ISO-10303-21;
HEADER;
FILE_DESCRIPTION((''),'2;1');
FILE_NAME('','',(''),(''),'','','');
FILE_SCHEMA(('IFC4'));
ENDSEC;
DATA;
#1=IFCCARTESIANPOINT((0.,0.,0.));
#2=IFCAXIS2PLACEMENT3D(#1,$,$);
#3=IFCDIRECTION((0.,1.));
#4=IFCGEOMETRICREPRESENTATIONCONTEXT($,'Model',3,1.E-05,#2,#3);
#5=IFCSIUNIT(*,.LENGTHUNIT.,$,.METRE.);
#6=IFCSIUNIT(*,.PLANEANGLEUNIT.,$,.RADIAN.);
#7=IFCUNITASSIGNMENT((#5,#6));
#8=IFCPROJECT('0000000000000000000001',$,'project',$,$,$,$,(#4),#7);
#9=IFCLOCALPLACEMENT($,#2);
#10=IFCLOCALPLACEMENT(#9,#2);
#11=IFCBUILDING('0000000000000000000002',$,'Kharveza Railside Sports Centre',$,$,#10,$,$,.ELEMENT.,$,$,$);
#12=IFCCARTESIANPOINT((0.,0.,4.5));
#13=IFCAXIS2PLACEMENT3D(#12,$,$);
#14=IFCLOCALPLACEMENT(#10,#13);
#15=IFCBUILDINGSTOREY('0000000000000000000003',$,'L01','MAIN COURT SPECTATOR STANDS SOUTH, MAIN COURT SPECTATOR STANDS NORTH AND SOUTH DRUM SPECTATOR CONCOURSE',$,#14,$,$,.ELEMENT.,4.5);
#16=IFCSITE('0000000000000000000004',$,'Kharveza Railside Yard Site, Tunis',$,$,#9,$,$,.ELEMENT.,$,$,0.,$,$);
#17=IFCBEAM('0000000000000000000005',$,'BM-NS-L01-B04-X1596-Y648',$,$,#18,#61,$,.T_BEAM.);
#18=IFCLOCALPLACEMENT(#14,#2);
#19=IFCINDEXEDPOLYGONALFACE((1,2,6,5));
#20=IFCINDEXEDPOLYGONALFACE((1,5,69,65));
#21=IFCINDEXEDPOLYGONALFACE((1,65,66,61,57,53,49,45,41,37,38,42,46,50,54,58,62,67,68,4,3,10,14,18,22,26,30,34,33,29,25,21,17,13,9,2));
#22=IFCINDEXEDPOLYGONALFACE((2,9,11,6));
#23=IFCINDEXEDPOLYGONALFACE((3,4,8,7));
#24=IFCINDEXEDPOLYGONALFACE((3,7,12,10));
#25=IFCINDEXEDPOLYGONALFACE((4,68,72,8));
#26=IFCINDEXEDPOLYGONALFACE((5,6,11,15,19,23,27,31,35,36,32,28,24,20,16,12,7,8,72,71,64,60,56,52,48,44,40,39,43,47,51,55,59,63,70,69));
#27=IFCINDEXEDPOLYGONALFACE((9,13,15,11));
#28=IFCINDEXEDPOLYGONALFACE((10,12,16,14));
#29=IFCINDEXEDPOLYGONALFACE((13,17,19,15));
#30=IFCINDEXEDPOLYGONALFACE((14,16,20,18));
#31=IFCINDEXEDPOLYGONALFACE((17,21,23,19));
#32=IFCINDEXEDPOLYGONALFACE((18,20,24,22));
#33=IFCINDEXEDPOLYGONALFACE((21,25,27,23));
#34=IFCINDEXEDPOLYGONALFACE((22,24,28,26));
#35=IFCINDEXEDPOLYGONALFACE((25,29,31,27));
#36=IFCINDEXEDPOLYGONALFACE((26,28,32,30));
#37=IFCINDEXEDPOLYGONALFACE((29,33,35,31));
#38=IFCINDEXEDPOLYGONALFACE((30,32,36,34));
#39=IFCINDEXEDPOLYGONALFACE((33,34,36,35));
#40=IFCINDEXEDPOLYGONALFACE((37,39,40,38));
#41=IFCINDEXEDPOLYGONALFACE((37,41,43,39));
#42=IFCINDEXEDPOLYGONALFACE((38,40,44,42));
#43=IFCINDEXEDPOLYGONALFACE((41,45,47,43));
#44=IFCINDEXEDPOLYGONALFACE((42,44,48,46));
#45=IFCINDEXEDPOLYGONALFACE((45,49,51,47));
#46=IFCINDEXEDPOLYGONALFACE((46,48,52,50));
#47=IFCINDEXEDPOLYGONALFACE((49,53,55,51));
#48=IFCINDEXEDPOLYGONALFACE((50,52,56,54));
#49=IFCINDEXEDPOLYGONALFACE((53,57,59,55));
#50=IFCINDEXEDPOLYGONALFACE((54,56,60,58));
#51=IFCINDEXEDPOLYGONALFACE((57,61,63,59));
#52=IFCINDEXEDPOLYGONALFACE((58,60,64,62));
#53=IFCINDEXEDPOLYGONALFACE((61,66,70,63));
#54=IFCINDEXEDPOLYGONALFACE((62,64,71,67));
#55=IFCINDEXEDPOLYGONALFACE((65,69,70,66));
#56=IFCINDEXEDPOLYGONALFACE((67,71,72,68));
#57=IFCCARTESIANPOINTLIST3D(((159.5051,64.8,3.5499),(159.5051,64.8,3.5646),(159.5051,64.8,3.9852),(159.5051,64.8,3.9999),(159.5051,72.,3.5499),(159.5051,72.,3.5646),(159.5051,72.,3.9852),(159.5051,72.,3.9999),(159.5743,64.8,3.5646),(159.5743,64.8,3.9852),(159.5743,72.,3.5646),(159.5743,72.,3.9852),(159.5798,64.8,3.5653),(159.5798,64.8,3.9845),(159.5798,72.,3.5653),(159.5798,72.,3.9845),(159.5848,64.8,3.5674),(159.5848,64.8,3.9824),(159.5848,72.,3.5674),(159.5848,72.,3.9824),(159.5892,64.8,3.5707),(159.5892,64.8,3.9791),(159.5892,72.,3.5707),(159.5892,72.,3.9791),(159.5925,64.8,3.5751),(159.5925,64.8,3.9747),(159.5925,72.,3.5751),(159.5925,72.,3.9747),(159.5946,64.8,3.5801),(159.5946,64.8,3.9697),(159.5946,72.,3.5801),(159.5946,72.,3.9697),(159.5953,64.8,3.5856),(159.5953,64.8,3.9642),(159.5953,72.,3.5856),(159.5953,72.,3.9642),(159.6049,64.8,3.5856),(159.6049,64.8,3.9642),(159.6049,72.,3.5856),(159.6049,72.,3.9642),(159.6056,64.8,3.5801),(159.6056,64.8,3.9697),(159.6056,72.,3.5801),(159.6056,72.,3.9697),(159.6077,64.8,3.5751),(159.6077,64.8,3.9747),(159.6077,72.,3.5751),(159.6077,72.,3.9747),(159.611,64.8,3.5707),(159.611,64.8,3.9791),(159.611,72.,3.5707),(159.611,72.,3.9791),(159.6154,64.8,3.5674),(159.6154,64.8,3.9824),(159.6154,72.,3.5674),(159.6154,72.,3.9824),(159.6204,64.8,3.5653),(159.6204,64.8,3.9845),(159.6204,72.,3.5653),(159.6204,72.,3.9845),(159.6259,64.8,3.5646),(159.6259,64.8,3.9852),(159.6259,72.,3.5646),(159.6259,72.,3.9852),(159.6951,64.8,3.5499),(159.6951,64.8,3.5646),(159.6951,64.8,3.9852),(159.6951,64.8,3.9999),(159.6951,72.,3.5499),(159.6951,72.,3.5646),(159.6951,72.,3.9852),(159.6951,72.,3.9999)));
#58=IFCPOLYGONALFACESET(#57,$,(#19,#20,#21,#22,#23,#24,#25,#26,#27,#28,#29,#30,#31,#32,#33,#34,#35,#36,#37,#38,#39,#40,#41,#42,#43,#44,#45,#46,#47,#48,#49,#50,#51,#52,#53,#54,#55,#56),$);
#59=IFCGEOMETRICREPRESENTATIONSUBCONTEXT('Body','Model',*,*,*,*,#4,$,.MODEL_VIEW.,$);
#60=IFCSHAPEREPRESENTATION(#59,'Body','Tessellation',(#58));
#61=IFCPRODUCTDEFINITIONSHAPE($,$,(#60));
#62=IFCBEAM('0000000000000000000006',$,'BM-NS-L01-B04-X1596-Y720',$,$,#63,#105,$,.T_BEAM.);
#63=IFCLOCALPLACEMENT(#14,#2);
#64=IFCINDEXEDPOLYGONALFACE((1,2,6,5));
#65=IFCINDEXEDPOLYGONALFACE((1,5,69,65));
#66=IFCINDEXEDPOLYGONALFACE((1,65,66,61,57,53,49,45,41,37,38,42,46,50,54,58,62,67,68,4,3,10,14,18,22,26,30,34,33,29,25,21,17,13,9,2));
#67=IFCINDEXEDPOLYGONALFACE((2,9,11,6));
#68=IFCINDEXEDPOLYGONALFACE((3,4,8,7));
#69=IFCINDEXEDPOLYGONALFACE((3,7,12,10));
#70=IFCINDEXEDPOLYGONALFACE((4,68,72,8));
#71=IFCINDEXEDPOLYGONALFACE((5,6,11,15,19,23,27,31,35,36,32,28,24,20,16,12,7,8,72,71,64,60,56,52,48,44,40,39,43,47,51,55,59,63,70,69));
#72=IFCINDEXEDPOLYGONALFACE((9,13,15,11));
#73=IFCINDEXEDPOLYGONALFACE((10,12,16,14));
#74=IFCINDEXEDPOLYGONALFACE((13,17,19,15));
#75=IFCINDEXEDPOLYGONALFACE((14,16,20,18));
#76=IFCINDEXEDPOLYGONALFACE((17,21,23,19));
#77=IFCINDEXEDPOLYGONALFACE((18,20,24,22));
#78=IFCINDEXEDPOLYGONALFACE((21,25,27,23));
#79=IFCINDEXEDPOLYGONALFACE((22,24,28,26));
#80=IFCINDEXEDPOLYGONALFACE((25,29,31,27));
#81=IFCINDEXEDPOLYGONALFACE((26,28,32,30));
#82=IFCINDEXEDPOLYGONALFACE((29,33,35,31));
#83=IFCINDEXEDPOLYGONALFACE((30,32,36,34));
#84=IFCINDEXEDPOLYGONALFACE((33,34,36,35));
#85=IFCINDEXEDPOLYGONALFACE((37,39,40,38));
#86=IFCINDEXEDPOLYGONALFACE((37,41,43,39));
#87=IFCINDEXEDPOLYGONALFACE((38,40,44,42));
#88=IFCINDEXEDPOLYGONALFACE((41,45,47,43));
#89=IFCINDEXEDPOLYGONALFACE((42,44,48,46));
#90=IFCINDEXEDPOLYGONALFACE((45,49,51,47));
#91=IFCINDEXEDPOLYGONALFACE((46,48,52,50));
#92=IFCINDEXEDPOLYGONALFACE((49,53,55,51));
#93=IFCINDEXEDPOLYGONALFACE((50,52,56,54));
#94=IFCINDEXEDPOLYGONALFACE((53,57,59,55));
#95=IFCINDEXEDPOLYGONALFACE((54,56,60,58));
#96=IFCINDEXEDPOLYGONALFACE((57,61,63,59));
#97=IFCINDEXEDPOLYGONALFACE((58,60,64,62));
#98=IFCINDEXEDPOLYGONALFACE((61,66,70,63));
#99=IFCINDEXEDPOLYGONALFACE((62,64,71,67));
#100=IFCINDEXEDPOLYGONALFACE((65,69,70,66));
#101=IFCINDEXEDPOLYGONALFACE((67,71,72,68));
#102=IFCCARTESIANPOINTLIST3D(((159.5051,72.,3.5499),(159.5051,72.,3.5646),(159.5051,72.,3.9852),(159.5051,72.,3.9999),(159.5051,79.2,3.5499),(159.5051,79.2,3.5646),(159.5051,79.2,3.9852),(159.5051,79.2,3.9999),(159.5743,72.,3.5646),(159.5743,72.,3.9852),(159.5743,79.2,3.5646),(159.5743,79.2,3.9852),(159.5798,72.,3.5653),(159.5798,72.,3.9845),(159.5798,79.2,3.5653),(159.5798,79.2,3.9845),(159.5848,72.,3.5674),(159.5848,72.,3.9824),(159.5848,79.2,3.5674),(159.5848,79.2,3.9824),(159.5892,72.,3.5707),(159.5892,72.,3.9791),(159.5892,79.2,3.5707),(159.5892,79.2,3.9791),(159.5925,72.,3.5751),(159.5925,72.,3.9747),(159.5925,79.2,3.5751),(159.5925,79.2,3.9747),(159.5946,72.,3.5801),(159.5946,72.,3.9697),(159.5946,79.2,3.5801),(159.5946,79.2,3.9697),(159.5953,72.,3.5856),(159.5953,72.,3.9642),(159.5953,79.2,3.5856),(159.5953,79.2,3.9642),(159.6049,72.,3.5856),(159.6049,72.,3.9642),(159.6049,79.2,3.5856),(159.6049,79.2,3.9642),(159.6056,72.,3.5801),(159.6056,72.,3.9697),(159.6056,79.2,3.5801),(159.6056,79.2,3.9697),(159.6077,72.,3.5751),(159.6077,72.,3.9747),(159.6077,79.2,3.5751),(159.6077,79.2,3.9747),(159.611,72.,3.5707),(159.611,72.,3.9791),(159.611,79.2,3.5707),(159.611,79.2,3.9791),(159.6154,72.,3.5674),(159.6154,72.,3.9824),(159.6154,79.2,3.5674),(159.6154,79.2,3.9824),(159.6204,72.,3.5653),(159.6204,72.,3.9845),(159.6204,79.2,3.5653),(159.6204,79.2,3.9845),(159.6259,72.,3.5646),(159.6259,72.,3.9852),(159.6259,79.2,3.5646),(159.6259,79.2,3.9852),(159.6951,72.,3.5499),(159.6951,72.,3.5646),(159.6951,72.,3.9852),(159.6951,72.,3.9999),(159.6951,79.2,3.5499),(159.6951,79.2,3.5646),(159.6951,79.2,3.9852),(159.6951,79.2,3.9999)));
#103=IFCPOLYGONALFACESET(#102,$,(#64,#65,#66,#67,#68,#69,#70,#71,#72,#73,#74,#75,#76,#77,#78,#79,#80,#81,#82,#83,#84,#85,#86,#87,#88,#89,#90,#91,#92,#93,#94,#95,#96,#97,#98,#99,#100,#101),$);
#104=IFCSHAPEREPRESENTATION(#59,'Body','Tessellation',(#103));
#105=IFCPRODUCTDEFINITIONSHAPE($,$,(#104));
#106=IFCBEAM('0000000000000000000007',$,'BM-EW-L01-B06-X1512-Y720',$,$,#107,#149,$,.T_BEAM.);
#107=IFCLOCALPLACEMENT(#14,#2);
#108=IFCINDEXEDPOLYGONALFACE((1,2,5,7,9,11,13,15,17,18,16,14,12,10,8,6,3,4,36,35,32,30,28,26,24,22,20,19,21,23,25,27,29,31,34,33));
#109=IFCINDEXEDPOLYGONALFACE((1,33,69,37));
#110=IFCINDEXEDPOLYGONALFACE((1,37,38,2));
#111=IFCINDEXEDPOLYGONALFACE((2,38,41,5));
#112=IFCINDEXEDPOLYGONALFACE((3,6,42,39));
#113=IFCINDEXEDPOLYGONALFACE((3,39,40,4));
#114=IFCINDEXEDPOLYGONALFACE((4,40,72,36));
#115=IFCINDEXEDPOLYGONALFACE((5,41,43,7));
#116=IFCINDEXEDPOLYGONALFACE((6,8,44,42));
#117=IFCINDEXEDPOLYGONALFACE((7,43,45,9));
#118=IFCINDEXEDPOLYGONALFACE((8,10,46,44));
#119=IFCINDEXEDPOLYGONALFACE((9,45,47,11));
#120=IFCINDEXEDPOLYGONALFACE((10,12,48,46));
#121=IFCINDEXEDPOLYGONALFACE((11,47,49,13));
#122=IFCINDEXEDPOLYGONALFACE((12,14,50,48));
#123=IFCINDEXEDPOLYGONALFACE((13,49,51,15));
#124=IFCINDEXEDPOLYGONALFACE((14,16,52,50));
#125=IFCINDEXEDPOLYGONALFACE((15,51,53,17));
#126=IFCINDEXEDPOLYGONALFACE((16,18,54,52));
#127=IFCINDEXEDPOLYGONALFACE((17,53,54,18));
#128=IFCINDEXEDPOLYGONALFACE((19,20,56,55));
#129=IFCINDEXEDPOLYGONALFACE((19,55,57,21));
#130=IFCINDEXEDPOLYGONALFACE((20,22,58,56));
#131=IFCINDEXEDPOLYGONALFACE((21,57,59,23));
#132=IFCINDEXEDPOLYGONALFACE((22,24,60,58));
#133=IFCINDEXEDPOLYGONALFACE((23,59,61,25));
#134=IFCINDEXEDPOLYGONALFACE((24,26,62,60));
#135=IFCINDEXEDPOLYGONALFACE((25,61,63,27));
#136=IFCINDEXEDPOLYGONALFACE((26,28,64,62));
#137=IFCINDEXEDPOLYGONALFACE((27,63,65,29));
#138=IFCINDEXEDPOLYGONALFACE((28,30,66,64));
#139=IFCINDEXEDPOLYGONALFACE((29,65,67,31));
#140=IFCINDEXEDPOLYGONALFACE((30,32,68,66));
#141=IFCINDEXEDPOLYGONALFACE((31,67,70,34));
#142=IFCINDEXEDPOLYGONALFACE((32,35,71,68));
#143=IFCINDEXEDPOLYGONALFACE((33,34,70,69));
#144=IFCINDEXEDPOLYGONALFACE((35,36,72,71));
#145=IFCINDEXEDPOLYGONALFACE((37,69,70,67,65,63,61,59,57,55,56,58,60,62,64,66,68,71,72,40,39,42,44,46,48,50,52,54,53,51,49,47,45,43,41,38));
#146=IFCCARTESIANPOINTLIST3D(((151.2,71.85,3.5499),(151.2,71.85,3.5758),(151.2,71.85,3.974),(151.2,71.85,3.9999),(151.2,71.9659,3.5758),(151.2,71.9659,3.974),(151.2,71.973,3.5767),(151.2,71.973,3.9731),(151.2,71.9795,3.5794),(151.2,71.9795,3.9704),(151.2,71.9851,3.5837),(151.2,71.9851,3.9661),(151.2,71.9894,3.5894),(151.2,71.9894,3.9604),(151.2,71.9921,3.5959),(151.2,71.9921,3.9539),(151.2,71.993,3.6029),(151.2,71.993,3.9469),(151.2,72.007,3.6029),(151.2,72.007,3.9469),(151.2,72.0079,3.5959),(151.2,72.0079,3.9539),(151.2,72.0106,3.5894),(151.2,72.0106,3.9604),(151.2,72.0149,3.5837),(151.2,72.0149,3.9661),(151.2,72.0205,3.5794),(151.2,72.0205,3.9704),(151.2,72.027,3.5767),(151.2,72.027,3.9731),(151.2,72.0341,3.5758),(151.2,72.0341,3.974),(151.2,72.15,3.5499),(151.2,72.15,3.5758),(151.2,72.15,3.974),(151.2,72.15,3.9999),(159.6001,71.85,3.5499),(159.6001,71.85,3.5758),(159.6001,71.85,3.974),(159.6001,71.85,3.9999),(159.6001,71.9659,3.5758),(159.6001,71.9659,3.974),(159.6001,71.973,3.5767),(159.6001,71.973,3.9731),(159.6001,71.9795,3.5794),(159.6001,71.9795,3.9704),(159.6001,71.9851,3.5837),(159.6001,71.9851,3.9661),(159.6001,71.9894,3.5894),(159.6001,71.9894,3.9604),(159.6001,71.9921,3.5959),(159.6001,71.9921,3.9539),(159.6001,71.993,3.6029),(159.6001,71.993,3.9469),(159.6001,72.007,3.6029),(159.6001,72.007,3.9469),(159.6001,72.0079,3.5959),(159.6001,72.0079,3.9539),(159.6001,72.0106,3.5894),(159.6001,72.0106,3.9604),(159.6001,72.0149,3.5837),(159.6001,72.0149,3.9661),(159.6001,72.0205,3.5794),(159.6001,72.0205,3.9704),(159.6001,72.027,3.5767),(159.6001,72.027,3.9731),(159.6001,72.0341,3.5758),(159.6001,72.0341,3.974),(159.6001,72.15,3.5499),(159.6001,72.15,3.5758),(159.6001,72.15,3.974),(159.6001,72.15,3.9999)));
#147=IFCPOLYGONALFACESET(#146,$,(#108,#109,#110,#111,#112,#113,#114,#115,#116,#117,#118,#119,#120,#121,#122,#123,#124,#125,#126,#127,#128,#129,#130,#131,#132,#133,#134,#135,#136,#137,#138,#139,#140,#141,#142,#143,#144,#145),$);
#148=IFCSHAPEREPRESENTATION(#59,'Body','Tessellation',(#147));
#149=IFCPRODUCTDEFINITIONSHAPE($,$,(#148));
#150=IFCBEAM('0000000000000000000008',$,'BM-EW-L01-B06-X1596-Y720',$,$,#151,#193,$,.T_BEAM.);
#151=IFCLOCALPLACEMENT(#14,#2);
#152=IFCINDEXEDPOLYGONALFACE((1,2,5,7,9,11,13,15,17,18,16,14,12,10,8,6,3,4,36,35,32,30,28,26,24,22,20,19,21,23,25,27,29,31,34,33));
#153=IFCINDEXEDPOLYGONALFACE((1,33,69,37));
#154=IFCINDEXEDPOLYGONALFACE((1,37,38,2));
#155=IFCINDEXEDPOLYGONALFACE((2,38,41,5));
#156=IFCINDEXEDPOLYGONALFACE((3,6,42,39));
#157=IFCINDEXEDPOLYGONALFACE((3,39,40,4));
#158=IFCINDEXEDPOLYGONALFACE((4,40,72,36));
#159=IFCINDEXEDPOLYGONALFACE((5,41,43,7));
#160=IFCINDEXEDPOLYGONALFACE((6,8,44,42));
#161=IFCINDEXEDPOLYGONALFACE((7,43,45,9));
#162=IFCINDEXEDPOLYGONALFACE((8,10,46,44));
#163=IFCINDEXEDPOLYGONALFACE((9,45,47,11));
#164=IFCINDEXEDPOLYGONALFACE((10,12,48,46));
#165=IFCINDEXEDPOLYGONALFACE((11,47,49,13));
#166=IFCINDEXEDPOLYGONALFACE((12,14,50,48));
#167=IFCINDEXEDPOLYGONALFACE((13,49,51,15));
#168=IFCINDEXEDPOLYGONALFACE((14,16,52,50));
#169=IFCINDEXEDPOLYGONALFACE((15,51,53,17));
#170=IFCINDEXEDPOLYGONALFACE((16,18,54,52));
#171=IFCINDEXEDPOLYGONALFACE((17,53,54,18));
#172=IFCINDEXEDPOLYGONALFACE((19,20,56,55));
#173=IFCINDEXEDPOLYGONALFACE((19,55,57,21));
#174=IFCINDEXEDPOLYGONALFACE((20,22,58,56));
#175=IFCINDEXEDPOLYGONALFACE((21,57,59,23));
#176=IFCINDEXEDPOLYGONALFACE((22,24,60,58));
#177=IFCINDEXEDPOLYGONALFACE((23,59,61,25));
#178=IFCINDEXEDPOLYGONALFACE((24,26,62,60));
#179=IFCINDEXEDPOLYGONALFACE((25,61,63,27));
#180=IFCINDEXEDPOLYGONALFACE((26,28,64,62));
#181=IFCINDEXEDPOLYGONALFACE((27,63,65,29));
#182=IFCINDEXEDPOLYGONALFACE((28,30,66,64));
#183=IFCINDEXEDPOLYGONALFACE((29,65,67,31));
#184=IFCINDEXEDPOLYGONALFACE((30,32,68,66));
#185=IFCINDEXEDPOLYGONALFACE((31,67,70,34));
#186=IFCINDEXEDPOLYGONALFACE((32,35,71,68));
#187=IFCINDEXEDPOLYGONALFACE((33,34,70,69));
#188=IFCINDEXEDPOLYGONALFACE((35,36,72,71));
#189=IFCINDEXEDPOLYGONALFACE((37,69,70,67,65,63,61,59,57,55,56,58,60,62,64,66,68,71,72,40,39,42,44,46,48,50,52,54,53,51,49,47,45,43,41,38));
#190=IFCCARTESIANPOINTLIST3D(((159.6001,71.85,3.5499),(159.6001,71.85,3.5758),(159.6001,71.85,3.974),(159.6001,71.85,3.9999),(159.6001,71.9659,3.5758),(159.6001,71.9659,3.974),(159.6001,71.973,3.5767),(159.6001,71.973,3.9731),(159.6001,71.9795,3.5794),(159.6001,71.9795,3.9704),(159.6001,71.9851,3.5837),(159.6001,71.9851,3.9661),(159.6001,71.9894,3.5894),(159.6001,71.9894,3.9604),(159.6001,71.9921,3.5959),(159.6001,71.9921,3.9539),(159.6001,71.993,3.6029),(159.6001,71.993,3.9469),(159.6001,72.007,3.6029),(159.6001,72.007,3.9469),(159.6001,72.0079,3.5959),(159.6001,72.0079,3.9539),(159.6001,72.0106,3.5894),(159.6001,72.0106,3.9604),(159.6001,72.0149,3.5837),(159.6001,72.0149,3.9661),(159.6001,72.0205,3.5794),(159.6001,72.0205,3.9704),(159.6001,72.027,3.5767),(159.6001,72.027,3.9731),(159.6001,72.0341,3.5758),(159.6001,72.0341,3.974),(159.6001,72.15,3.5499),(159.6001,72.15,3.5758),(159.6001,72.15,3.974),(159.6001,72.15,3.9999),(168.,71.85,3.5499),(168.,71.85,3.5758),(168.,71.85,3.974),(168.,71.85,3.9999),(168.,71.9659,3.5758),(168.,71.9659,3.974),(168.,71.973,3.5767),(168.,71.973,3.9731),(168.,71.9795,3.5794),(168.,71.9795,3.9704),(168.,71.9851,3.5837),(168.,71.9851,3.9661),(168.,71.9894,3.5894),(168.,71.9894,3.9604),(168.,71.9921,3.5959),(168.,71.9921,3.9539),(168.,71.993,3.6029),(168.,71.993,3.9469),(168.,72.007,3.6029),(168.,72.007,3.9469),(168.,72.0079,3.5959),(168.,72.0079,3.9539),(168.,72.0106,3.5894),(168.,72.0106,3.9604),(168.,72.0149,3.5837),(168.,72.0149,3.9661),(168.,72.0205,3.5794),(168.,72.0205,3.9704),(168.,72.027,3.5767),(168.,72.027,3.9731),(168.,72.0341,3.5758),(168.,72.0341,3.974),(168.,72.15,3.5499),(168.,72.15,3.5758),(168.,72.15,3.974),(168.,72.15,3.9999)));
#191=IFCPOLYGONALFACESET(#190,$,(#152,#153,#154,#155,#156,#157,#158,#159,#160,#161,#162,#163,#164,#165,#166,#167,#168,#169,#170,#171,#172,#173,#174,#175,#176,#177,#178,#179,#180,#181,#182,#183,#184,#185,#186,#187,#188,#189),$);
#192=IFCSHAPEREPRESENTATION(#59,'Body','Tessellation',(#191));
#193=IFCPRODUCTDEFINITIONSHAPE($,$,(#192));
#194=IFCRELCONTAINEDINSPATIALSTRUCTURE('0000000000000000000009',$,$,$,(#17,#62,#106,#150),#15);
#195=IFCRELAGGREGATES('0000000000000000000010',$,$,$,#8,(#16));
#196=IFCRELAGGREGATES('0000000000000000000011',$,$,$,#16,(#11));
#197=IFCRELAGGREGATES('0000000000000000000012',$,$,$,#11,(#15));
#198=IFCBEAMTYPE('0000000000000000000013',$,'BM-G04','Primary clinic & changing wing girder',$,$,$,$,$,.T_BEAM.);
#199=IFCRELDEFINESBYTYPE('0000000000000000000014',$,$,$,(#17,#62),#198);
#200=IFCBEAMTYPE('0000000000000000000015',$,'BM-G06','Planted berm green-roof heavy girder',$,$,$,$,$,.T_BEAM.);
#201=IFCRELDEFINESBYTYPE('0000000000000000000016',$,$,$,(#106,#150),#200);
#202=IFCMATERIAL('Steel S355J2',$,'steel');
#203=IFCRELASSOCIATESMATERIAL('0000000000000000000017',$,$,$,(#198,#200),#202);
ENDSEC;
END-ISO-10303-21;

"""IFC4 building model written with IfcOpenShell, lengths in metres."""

from ifc_helpers import new_model, si_unit, direction, frame, origin, origin_2d, place, context, subcontext, project, spatial, i_section, extrude, material, material_profile, profile_set, type_object, element, save


model = new_model("IFC4")

# Units and contexts
model_context = context("Model", 3, precision=1e-05, world=origin(), true_north=direction((0.0, 1.0)))
body_context = subcontext(model_context, "Body", "Model", "MODEL_VIEW")
ifc_project = project(units=[si_unit("LENGTHUNIT", "METRE"), si_unit("PLANEANGLEUNIT", "RADIAN")], contexts=[model_context])

# Site, building, storey
site_placement = place(None, origin())
site = spatial("IfcSite", under=ifc_project, at=site_placement, Name="Kharveza Railside Yard Site, Tunis", CompositionType="ELEMENT", RefElevation=0.0)
building_placement = place(site_placement, origin())
building = spatial("IfcBuilding", under=site, at=building_placement, Name="Kharveza Railside Sports Centre", CompositionType="ELEMENT")
storey_placement = place(building_placement, frame((0.0, 0.0, 4.5)))
storey = spatial("IfcBuildingStorey", under=building, at=storey_placement, Name="L01", Description="MAIN COURT SPECTATOR STANDS SOUTH, MAIN COURT SPECTATOR STANDS NORTH AND SOUTH DRUM SPECTATOR CONCOURSE", CompositionType="ELEMENT", Elevation=4.5)

# Shared definitions
ifc_material_1 = material(Name="Steel S355J2", Category="steel")

# Beams
ifc_material_profile_1 = material_profile(ifc_material_1, i_section(OverallWidth=0.1899, OverallDepth=0.45, WebThickness=0.0095, FlangeThickness=0.0146, FilletRadius=0.021, at=origin_2d()), Name="IPE 450")
ifc_profile_set_1 = profile_set([ifc_material_profile_1], Name="Steel S355J2")
beam_type_1 = type_object("IfcBeamType", Name="BM-G04", Description="Primary clinic & changing wing girder", PredefinedType="T_BEAM", material=ifc_profile_set_1)
for number, where, z_axis, x_axis, name in (
    (1, (159.6001, 64.8, 3.7749), (0.0, 1.0, 0.0), (-1.0, 0.0, 0.0), "BM-NS-L01-B04-X1596-Y648"),
    (2, (159.6001, 72.0, 3.7749), (0.0, 1.0, 0.0), (-1.0, 0.0, 0.0), "BM-NS-L01-B04-X1596-Y720"),
):
    element("IfcBeam", number, at=place(storey_placement, frame(where, z_axis=z_axis, x_axis=x_axis)), inside=storey, type_object=beam_type_1, Name=name, PredefinedType="T_BEAM", context=body_context, shape_type="SweptSolid", body=[
        extrude(i_section(OverallWidth=0.1899, OverallDepth=0.45, WebThickness=0.0095, FlangeThickness=0.0146, FilletRadius=0.021, at=origin_2d()), origin(), (0.0, 0.0, 1.0), 7.2),
    ])
ifc_material_profile_2 = material_profile(ifc_material_1, i_section(OverallWidth=0.3, OverallDepth=0.45, WebThickness=0.0139, FlangeThickness=0.0259, FilletRadius=0.0271, at=origin_2d()), Name="HEB 450")
ifc_profile_set_2 = profile_set([ifc_material_profile_2], Name="Steel S355J2")
beam_type_2 = type_object("IfcBeamType", Name="BM-G06", Description="Planted berm green-roof heavy girder", PredefinedType="T_BEAM", material=ifc_profile_set_2)
beam_1_placement = place(storey_placement, frame((151.2, 72.0, 3.7749), z_axis=(1.0, 0.0, 0.0), x_axis=(0.0, 1.0, 0.0)))
element("IfcBeam", 3, at=beam_1_placement, inside=storey, type_object=beam_type_2, Name="BM-EW-L01-B06-X1512-Y720", PredefinedType="T_BEAM", context=body_context, shape_type="SweptSolid", body=[
    extrude(i_section(OverallWidth=0.3, OverallDepth=0.45, WebThickness=0.0139, FlangeThickness=0.0259, FilletRadius=0.0271, at=origin_2d()), origin(), (0.0, 0.0, 1.0), 8.4001),
])
beam_2_placement = place(storey_placement, frame((159.6001, 72.0, 3.7749), z_axis=(1.0, 0.0, 0.0), x_axis=(0.0, 1.0, 0.0)))
element("IfcBeam", 4, at=beam_2_placement, inside=storey, type_object=beam_type_2, Name="BM-EW-L01-B06-X1596-Y720", PredefinedType="T_BEAM", context=body_context, shape_type="SweptSolid", body=[
    extrude(i_section(OverallWidth=0.3, OverallDepth=0.45, WebThickness=0.0139, FlangeThickness=0.0259, FilletRadius=0.0271, at=origin_2d()), origin(), (0.0, 0.0, 1.0), 8.3999),
])

save(model, "model.ifc")
